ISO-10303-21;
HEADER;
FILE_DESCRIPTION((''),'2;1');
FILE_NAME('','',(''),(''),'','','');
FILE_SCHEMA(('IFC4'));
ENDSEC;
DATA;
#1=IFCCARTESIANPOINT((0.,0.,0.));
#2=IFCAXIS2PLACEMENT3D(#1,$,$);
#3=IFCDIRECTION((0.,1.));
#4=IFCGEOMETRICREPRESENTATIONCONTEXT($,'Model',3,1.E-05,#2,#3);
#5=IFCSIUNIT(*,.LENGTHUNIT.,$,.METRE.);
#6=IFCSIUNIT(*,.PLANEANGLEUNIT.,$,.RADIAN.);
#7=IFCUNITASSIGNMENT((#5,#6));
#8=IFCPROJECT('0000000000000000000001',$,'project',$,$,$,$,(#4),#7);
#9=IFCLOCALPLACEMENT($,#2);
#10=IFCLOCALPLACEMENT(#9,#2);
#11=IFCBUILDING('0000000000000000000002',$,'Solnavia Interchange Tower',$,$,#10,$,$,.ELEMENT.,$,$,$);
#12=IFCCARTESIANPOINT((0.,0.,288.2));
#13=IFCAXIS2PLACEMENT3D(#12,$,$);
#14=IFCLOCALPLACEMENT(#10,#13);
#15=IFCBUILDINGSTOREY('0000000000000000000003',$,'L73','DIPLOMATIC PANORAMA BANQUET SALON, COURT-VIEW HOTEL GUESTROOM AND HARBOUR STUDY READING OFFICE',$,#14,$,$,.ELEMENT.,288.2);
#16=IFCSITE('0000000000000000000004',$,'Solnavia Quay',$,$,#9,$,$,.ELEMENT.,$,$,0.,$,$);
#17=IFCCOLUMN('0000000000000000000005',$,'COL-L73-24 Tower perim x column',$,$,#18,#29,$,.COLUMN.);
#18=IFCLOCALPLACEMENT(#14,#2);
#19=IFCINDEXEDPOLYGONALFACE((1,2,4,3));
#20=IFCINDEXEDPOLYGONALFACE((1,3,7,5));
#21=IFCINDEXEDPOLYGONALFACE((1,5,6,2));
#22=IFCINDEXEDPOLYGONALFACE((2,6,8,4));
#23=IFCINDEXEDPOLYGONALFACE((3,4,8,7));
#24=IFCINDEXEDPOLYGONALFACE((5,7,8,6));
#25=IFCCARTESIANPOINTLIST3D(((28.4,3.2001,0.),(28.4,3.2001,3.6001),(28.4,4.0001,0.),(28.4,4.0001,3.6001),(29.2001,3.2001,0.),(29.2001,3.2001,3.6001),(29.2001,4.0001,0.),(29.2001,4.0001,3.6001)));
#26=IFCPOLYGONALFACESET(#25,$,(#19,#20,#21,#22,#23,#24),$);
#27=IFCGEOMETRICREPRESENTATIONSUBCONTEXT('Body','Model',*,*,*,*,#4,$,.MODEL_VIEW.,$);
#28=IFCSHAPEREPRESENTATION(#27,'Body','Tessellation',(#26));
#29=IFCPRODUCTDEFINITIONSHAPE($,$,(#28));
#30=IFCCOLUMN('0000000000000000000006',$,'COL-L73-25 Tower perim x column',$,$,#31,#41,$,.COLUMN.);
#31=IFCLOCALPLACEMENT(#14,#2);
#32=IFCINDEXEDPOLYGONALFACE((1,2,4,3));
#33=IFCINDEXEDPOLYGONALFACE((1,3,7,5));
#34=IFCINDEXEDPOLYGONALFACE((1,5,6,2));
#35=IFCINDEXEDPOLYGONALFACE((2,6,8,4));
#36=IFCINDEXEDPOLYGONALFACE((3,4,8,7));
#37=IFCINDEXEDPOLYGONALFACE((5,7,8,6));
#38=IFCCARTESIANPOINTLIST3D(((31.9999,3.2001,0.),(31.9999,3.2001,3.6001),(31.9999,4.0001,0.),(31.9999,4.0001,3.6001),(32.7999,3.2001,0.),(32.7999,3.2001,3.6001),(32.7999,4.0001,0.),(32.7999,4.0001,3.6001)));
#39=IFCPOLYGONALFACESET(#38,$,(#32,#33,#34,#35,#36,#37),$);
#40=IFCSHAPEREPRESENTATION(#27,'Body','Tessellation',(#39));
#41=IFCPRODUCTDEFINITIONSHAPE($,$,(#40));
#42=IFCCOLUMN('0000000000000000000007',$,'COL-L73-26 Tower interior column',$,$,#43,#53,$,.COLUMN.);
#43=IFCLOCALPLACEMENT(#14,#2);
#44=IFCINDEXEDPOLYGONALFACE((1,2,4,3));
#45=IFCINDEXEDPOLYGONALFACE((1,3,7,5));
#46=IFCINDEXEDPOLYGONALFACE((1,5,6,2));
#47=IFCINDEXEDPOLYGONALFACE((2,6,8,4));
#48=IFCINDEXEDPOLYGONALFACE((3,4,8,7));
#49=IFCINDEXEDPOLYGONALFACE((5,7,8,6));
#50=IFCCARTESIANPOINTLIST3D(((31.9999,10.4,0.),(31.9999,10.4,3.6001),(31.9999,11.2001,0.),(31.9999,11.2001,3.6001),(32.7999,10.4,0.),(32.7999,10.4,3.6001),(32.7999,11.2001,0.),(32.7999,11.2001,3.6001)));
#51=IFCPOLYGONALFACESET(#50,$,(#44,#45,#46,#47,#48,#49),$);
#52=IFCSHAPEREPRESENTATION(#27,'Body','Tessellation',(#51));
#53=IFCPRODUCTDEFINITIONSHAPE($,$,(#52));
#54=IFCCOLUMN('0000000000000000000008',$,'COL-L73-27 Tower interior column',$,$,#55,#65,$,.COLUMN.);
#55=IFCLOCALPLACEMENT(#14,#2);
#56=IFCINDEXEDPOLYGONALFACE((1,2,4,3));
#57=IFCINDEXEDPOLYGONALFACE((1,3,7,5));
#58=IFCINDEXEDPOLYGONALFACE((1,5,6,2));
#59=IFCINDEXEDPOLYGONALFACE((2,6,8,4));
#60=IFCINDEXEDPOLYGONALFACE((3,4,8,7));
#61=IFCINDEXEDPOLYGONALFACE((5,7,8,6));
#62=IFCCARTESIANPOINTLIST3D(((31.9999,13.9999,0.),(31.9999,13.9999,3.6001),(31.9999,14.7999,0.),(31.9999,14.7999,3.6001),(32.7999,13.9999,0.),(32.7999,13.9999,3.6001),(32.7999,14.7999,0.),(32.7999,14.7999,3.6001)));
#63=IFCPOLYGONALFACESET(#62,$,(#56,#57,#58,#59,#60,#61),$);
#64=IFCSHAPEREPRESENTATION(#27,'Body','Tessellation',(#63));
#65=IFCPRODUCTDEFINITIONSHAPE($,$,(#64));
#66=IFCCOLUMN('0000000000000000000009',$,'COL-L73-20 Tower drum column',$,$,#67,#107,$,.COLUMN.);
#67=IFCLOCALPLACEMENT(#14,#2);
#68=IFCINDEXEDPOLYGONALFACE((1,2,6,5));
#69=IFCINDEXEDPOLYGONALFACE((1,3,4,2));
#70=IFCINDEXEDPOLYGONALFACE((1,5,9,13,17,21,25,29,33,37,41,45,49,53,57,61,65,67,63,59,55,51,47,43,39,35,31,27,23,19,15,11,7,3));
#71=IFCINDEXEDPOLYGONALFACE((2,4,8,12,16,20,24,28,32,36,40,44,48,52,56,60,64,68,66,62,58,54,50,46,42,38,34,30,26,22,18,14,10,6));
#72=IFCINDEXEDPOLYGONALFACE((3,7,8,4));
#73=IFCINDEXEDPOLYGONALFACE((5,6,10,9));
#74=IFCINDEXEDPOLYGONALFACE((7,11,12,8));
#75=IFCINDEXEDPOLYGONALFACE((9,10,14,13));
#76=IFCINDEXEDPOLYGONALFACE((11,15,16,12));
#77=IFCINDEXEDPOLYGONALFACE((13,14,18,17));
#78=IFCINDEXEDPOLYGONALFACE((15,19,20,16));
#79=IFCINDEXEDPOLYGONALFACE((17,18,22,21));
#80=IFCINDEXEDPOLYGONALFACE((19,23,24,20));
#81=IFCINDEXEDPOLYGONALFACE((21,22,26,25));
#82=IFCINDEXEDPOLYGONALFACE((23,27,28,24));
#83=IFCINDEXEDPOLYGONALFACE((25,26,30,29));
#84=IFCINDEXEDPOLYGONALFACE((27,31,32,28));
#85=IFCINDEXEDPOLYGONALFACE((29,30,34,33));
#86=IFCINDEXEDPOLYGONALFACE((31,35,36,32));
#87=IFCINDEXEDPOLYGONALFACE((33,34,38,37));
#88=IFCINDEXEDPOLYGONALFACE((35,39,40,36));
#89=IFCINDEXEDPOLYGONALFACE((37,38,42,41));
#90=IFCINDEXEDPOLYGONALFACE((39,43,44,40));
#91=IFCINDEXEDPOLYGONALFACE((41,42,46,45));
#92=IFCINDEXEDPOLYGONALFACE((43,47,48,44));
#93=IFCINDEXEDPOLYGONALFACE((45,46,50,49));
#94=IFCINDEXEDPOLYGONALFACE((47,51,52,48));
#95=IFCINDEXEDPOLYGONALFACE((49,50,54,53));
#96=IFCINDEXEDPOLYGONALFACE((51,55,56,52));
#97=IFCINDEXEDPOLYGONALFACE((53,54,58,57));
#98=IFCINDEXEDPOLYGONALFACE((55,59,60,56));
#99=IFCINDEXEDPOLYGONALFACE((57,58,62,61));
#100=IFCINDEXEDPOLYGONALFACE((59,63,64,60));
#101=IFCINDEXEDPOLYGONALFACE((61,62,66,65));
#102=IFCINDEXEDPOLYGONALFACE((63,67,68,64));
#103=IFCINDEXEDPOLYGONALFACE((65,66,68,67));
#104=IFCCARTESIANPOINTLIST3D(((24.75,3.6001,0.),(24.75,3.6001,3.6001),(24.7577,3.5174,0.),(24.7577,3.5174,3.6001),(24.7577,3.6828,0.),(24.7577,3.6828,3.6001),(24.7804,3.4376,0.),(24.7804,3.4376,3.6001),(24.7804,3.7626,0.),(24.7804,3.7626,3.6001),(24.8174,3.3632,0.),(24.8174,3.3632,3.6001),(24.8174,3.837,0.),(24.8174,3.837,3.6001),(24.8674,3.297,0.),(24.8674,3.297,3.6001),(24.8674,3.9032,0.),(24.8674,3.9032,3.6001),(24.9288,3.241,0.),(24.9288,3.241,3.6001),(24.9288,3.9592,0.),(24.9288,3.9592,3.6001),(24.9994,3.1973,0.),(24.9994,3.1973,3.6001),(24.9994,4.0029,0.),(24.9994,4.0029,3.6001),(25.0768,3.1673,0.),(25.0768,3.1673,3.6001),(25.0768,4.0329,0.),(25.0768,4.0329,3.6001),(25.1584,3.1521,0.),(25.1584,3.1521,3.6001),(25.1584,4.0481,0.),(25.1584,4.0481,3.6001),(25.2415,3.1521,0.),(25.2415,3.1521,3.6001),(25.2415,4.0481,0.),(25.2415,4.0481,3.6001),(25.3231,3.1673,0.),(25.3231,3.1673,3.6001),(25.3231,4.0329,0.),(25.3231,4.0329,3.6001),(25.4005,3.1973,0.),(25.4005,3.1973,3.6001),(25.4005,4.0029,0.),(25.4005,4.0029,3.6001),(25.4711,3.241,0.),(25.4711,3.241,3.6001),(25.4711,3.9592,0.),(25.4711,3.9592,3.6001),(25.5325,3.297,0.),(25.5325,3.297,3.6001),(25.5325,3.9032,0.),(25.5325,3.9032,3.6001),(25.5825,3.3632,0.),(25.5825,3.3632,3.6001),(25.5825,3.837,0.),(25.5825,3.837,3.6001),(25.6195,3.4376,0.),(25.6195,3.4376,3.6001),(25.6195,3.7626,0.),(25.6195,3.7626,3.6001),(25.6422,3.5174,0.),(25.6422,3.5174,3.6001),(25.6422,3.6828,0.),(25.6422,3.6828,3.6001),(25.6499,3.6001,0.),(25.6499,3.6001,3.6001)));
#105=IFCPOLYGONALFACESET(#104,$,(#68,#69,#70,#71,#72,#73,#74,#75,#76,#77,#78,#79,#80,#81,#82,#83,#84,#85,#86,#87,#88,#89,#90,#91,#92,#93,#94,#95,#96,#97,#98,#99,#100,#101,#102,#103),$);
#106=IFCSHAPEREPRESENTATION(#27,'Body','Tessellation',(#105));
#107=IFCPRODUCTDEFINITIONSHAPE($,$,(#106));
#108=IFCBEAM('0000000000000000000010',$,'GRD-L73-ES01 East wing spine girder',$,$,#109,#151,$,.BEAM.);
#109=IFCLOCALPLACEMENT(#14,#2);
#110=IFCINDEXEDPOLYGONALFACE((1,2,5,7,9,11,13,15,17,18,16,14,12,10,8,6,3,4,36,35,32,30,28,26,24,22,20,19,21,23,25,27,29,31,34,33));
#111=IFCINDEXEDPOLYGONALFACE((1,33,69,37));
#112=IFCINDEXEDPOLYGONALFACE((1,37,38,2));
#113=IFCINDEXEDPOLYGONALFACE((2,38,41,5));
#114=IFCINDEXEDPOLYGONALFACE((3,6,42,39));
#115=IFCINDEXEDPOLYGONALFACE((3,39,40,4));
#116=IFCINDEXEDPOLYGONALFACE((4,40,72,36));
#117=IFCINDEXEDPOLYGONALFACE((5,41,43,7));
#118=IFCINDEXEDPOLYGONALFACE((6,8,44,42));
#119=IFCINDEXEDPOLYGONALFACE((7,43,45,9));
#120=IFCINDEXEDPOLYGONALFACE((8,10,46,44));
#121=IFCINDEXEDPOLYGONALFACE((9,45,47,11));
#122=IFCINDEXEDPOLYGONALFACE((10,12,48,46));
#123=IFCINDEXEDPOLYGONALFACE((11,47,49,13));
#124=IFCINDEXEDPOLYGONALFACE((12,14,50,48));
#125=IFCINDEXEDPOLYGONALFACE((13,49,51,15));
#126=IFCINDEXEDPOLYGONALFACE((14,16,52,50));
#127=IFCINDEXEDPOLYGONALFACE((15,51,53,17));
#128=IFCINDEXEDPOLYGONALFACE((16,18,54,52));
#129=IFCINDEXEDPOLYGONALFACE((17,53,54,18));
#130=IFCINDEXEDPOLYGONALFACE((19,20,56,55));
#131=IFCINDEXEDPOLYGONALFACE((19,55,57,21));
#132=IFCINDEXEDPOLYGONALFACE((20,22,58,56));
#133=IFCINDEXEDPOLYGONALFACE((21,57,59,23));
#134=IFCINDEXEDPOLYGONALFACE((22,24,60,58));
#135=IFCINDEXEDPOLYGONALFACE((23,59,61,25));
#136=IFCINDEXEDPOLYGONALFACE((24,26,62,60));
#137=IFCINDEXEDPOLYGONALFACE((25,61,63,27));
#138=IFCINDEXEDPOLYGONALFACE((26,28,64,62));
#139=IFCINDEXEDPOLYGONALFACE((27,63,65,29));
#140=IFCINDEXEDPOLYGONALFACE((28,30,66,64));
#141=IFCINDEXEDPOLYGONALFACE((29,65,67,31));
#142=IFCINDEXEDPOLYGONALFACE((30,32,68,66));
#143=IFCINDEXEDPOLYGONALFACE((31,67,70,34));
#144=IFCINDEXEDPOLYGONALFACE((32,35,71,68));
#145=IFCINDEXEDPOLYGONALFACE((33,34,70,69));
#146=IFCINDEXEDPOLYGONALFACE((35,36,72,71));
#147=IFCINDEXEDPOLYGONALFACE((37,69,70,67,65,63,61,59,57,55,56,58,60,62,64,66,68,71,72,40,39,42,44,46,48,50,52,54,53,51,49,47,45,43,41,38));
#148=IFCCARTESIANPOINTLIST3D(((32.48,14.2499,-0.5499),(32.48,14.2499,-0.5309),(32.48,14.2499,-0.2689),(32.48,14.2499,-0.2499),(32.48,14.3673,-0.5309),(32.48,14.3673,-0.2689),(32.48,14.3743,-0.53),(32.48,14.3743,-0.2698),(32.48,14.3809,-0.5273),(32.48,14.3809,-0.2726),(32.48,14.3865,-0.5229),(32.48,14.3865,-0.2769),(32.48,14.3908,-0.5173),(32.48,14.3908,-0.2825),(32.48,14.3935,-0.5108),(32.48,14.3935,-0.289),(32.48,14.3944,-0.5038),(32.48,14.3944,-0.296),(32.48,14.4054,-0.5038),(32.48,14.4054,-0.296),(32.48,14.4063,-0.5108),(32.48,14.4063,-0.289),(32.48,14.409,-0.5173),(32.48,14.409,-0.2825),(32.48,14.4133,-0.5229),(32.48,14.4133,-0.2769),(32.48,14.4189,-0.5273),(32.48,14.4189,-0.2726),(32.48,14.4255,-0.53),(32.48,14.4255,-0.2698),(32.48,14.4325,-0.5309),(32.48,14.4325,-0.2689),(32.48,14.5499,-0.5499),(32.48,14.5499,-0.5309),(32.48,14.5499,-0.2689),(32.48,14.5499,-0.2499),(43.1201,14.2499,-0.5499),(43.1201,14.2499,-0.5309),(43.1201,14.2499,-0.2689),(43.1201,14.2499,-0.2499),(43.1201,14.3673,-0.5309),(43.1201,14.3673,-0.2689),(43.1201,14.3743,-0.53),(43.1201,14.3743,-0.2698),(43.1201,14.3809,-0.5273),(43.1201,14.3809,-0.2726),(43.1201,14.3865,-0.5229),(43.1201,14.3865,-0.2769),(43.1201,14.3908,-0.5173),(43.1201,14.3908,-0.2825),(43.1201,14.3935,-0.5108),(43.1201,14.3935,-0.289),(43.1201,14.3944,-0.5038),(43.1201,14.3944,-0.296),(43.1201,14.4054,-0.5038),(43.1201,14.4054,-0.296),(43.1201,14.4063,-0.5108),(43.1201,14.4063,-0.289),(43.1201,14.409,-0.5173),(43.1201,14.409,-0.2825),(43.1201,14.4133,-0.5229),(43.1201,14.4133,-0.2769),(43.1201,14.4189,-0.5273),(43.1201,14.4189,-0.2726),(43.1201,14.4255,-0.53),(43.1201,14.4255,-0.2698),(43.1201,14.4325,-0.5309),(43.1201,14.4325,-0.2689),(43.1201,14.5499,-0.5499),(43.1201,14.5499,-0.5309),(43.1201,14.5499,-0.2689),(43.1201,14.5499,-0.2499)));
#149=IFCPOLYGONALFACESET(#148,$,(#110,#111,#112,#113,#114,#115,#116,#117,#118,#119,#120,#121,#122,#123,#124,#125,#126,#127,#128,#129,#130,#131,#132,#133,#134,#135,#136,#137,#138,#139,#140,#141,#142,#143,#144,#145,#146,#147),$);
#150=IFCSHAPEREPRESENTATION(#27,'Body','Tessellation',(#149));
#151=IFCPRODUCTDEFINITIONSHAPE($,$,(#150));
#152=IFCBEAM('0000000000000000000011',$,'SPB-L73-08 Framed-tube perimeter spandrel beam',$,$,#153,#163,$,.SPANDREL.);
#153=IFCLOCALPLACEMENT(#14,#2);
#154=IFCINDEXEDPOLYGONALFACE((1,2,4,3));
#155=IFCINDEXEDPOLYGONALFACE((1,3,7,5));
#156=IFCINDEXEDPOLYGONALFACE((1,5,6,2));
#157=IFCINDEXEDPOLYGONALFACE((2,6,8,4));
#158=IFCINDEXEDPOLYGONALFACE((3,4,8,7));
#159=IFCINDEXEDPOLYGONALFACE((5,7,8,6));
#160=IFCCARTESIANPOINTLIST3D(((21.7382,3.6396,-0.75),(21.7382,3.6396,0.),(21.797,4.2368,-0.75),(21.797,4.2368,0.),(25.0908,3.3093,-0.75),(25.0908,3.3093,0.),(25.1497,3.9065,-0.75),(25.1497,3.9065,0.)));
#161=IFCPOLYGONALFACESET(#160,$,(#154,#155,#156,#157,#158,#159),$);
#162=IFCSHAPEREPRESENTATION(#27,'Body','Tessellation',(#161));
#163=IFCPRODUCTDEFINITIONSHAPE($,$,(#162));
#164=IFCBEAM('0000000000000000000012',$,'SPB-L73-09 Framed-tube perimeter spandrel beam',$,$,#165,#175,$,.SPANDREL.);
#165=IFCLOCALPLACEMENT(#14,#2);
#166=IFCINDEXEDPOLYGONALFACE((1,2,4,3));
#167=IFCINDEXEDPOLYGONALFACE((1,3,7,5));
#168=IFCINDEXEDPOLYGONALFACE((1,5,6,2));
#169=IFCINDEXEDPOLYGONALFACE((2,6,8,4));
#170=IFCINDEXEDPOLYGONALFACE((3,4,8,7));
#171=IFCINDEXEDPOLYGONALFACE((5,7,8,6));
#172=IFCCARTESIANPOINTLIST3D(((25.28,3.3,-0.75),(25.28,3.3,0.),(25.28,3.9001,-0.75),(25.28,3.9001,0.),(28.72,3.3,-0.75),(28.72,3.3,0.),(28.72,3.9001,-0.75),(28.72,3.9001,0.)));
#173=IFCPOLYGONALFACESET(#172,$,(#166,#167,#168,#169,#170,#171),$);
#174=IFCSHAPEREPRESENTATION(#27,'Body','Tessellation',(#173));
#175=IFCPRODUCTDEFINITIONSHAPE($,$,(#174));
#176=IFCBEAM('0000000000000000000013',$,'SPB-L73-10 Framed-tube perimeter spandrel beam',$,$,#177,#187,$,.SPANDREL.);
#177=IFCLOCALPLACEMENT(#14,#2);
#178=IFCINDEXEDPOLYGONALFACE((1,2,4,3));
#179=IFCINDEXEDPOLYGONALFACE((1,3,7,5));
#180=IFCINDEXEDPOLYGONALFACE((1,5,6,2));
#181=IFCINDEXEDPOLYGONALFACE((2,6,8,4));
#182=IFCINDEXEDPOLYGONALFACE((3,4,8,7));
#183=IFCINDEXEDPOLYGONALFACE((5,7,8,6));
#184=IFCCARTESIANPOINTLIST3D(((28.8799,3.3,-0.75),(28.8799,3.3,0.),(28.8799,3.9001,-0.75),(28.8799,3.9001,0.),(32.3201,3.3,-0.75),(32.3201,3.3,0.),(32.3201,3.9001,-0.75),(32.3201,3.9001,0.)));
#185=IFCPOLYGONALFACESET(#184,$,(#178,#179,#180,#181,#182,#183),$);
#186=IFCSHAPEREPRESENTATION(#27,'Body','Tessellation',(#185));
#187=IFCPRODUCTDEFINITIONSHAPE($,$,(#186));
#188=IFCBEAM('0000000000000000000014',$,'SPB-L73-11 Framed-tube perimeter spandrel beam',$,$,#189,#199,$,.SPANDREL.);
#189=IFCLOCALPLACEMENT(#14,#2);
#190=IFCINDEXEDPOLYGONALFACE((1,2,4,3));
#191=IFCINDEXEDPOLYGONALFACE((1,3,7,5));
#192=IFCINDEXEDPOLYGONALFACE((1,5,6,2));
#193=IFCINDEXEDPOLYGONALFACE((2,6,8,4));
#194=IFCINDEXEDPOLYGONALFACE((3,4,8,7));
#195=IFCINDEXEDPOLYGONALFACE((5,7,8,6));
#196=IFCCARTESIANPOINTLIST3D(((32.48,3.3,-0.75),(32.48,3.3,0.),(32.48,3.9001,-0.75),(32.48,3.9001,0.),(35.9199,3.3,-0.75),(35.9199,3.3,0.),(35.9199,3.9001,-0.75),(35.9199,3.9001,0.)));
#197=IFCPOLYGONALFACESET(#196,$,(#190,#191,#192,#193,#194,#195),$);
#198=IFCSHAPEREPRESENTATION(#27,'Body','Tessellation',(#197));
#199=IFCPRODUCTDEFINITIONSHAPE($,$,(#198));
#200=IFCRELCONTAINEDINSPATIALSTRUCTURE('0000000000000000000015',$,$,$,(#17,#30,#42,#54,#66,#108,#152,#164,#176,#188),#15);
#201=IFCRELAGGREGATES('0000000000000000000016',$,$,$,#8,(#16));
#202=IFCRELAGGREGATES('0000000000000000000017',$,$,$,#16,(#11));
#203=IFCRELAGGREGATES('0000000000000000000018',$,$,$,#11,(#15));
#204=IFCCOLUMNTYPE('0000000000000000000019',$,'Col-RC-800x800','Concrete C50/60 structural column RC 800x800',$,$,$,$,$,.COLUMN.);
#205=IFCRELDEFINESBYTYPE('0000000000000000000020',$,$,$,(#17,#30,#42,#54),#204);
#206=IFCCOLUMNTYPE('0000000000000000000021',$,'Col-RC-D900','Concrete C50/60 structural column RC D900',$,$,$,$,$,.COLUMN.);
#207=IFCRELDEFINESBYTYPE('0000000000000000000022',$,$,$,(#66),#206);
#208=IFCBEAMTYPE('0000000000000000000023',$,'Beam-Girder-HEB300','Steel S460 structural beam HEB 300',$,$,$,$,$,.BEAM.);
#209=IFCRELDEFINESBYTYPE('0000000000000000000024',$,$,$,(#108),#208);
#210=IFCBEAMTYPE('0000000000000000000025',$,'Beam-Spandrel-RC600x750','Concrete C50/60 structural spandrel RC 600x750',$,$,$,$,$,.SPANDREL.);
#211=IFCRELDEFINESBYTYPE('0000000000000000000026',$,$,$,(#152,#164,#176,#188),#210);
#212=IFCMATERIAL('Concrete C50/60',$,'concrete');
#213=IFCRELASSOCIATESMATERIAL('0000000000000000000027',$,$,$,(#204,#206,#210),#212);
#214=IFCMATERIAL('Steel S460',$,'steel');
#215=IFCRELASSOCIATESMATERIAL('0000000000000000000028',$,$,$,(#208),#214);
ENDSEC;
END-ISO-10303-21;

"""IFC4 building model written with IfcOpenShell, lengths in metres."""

from ifc_helpers import new_model, si_unit, direction, frame, origin, origin_2d, place, context, subcontext, project, spatial, rectangle, circle, i_section, extrude, material, material_profile, profile_set, type_object, element, save


model = new_model("IFC4")

# Units and contexts
model_context = context("Model", 3, precision=1e-05, world=origin(), true_north=direction((0.0, 1.0)))
body_context = subcontext(model_context, "Body", "Model", "MODEL_VIEW")
ifc_project = project(units=[si_unit("LENGTHUNIT", "METRE"), si_unit("PLANEANGLEUNIT", "RADIAN")], contexts=[model_context])

# Site, building, storey
site_placement = place(None, origin())
site = spatial("IfcSite", under=ifc_project, at=site_placement, Name="Solnavia Quay", CompositionType="ELEMENT", RefElevation=0.0)
building_placement = place(site_placement, origin())
building = spatial("IfcBuilding", under=site, at=building_placement, Name="Solnavia Interchange Tower", CompositionType="ELEMENT")
storey_placement = place(building_placement, frame((0.0, 0.0, 288.2)))
storey = spatial("IfcBuildingStorey", under=building, at=storey_placement, Name="L73", Description="DIPLOMATIC PANORAMA BANQUET SALON, COURT-VIEW HOTEL GUESTROOM AND HARBOUR STUDY READING OFFICE", CompositionType="ELEMENT", Elevation=288.2)

# Columns
ifc_material_1 = material(Name="Concrete C50/60", Category="concrete")
ifc_material_profile_1 = material_profile(ifc_material_1, rectangle(XDim=0.8, YDim=0.8, at=origin_2d()), Name="RC 800x800")
ifc_profile_set_1 = profile_set([ifc_material_profile_1], Name="Concrete C50/60")
column_type_1 = type_object("IfcColumnType", Name="Col-RC-800x800", Description="Concrete C50/60 structural column RC 800x800", PredefinedType="COLUMN", material=ifc_profile_set_1)
for number, where, z_axis, x_axis, name in (
    (1, (28.8, 3.6001, 0.0), (0.0, 0.0, 1.0), (1.0, 0.0, 0.0), "COL-L73-24 Tower perim x column"),
    (2, (32.3999, 3.6001, 0.0), (0.0, 0.0, 1.0), (1.0, 0.0, 0.0), "COL-L73-25 Tower perim x column"),
    (3, (32.3999, 10.8, 0.0), (0.0, 0.0, 1.0), (1.0, 0.0, 0.0), "COL-L73-26 Tower interior column"),
    (4, (32.3999, 14.3999, 0.0), (0.0, 0.0, 1.0), (1.0, 0.0, 0.0), "COL-L73-27 Tower interior column"),
):
    element("IfcColumn", number, at=place(storey_placement, frame(where, z_axis=z_axis, x_axis=x_axis)), inside=storey, type_object=column_type_1, Name=name, PredefinedType="COLUMN", context=body_context, shape_type="SweptSolid", body=[
        extrude(rectangle(XDim=0.8, YDim=0.8, at=origin_2d()), origin(), (0.0, 0.0, 1.0), 3.6001),
    ])
ifc_material_profile_2 = material_profile(ifc_material_1, circle(Radius=0.45, at=origin_2d()), Name="RC D900")
ifc_profile_set_2 = profile_set([ifc_material_profile_2], Name="Concrete C50/60")
column_type_2 = type_object("IfcColumnType", Name="Col-RC-D900", Description="Concrete C50/60 structural column RC D900", PredefinedType="COLUMN", material=ifc_profile_set_2)
column_placement = place(storey_placement, frame((25.2, 3.6001, 0.0), z_axis=(0.0, 0.0, 1.0), x_axis=(1.0, 0.0, 0.0)))
element("IfcColumn", 5, at=column_placement, inside=storey, type_object=column_type_2, Name="COL-L73-20 Tower drum column", PredefinedType="COLUMN", context=body_context, shape_type="SweptSolid", body=[
    extrude(circle(Radius=0.45, at=origin_2d()), origin(), (0.0, 0.0, 1.0), 3.6001),
])

# Beams
ifc_material_2 = material(Name="Steel S460", Category="steel")
ifc_material_profile_3 = material_profile(ifc_material_2, i_section(OverallWidth=0.3, OverallDepth=0.3, WebThickness=0.011, FlangeThickness=0.019, FilletRadius=0.0271, at=origin_2d()), Name="HEB 300")
ifc_profile_set_3 = profile_set([ifc_material_profile_3], Name="Steel S460")
beam_type_1 = type_object("IfcBeamType", Name="Beam-Girder-HEB300", Description="Steel S460 structural beam HEB 300", PredefinedType="BEAM", material=ifc_profile_set_3)
beam_1_placement = place(storey_placement, frame((32.48, 14.3999, -0.3999), z_axis=(1.0, 0.0, 0.0), x_axis=(0.0, 1.0, 0.0)))
element("IfcBeam", 6, at=beam_1_placement, inside=storey, type_object=beam_type_1, Name="GRD-L73-ES01 East wing spine girder", PredefinedType="BEAM", context=body_context, shape_type="SweptSolid", body=[
    extrude(i_section(OverallWidth=0.3, OverallDepth=0.3, WebThickness=0.011, FlangeThickness=0.019, FilletRadius=0.0271, at=origin_2d()), origin(), (0.0, 0.0, 1.0), 10.6401),
])
ifc_material_profile_4 = material_profile(ifc_material_1, rectangle(XDim=0.6001, YDim=0.75, at=origin_2d()), Name="RC 600x750")
ifc_profile_set_4 = profile_set([ifc_material_profile_4], Name="Concrete C50/60")
beam_type_2 = type_object("IfcBeamType", Name="Beam-Spandrel-RC600x750", Description="Concrete C50/60 structural spandrel RC 600x750", PredefinedType="SPANDREL", material=ifc_profile_set_4)
beam_2_placement = place(storey_placement, frame((21.7676, 3.9382, -0.375), z_axis=(0.995182, -0.098047, 0.0), x_axis=(0.098047, 0.995182, 0.0)))
element("IfcBeam", 7, at=beam_2_placement, inside=storey, type_object=beam_type_2, Name="SPB-L73-08 Framed-tube perimeter spandrel beam", PredefinedType="SPANDREL", context=body_context, shape_type="SweptSolid", body=[
    extrude(rectangle(XDim=0.6001, YDim=0.75, at=origin_2d()), origin(), (0.0, 0.0, 1.0), 3.3689),
])
beam_3_placement = place(storey_placement, frame((25.28, 3.6001, -0.375), z_axis=(1.0, 0.0, 0.0), x_axis=(0.0, 1.0, 0.0)))
element("IfcBeam", 8, at=beam_3_placement, inside=storey, type_object=beam_type_2, Name="SPB-L73-09 Framed-tube perimeter spandrel beam", PredefinedType="SPANDREL", context=body_context, shape_type="SweptSolid", body=[
    extrude(rectangle(XDim=0.6001, YDim=0.75, at=origin_2d()), origin(), (0.0, 0.0, 1.0), 3.4399),
])
beam_4_placement = place(storey_placement, frame((28.8799, 3.6001, -0.375), z_axis=(1.0, 0.0, 0.0), x_axis=(0.0, 1.0, 0.0)))
element("IfcBeam", 9, at=beam_4_placement, inside=storey, type_object=beam_type_2, Name="SPB-L73-10 Framed-tube perimeter spandrel beam", PredefinedType="SPANDREL", context=body_context, shape_type="SweptSolid", body=[
    extrude(rectangle(XDim=0.6001, YDim=0.75, at=origin_2d()), origin(), (0.0, 0.0, 1.0), 3.4402),
])
beam_5_placement = place(storey_placement, frame((32.48, 3.6001, -0.375), z_axis=(1.0, 0.0, 0.0), x_axis=(0.0, 1.0, 0.0)))
element("IfcBeam", 10, at=beam_5_placement, inside=storey, type_object=beam_type_2, Name="SPB-L73-11 Framed-tube perimeter spandrel beam", PredefinedType="SPANDREL", context=body_context, shape_type="SweptSolid", body=[
    extrude(rectangle(XDim=0.6001, YDim=0.75, at=origin_2d()), origin(), (0.0, 0.0, 1.0), 3.4399),
])

save(model, "model.ifc")
